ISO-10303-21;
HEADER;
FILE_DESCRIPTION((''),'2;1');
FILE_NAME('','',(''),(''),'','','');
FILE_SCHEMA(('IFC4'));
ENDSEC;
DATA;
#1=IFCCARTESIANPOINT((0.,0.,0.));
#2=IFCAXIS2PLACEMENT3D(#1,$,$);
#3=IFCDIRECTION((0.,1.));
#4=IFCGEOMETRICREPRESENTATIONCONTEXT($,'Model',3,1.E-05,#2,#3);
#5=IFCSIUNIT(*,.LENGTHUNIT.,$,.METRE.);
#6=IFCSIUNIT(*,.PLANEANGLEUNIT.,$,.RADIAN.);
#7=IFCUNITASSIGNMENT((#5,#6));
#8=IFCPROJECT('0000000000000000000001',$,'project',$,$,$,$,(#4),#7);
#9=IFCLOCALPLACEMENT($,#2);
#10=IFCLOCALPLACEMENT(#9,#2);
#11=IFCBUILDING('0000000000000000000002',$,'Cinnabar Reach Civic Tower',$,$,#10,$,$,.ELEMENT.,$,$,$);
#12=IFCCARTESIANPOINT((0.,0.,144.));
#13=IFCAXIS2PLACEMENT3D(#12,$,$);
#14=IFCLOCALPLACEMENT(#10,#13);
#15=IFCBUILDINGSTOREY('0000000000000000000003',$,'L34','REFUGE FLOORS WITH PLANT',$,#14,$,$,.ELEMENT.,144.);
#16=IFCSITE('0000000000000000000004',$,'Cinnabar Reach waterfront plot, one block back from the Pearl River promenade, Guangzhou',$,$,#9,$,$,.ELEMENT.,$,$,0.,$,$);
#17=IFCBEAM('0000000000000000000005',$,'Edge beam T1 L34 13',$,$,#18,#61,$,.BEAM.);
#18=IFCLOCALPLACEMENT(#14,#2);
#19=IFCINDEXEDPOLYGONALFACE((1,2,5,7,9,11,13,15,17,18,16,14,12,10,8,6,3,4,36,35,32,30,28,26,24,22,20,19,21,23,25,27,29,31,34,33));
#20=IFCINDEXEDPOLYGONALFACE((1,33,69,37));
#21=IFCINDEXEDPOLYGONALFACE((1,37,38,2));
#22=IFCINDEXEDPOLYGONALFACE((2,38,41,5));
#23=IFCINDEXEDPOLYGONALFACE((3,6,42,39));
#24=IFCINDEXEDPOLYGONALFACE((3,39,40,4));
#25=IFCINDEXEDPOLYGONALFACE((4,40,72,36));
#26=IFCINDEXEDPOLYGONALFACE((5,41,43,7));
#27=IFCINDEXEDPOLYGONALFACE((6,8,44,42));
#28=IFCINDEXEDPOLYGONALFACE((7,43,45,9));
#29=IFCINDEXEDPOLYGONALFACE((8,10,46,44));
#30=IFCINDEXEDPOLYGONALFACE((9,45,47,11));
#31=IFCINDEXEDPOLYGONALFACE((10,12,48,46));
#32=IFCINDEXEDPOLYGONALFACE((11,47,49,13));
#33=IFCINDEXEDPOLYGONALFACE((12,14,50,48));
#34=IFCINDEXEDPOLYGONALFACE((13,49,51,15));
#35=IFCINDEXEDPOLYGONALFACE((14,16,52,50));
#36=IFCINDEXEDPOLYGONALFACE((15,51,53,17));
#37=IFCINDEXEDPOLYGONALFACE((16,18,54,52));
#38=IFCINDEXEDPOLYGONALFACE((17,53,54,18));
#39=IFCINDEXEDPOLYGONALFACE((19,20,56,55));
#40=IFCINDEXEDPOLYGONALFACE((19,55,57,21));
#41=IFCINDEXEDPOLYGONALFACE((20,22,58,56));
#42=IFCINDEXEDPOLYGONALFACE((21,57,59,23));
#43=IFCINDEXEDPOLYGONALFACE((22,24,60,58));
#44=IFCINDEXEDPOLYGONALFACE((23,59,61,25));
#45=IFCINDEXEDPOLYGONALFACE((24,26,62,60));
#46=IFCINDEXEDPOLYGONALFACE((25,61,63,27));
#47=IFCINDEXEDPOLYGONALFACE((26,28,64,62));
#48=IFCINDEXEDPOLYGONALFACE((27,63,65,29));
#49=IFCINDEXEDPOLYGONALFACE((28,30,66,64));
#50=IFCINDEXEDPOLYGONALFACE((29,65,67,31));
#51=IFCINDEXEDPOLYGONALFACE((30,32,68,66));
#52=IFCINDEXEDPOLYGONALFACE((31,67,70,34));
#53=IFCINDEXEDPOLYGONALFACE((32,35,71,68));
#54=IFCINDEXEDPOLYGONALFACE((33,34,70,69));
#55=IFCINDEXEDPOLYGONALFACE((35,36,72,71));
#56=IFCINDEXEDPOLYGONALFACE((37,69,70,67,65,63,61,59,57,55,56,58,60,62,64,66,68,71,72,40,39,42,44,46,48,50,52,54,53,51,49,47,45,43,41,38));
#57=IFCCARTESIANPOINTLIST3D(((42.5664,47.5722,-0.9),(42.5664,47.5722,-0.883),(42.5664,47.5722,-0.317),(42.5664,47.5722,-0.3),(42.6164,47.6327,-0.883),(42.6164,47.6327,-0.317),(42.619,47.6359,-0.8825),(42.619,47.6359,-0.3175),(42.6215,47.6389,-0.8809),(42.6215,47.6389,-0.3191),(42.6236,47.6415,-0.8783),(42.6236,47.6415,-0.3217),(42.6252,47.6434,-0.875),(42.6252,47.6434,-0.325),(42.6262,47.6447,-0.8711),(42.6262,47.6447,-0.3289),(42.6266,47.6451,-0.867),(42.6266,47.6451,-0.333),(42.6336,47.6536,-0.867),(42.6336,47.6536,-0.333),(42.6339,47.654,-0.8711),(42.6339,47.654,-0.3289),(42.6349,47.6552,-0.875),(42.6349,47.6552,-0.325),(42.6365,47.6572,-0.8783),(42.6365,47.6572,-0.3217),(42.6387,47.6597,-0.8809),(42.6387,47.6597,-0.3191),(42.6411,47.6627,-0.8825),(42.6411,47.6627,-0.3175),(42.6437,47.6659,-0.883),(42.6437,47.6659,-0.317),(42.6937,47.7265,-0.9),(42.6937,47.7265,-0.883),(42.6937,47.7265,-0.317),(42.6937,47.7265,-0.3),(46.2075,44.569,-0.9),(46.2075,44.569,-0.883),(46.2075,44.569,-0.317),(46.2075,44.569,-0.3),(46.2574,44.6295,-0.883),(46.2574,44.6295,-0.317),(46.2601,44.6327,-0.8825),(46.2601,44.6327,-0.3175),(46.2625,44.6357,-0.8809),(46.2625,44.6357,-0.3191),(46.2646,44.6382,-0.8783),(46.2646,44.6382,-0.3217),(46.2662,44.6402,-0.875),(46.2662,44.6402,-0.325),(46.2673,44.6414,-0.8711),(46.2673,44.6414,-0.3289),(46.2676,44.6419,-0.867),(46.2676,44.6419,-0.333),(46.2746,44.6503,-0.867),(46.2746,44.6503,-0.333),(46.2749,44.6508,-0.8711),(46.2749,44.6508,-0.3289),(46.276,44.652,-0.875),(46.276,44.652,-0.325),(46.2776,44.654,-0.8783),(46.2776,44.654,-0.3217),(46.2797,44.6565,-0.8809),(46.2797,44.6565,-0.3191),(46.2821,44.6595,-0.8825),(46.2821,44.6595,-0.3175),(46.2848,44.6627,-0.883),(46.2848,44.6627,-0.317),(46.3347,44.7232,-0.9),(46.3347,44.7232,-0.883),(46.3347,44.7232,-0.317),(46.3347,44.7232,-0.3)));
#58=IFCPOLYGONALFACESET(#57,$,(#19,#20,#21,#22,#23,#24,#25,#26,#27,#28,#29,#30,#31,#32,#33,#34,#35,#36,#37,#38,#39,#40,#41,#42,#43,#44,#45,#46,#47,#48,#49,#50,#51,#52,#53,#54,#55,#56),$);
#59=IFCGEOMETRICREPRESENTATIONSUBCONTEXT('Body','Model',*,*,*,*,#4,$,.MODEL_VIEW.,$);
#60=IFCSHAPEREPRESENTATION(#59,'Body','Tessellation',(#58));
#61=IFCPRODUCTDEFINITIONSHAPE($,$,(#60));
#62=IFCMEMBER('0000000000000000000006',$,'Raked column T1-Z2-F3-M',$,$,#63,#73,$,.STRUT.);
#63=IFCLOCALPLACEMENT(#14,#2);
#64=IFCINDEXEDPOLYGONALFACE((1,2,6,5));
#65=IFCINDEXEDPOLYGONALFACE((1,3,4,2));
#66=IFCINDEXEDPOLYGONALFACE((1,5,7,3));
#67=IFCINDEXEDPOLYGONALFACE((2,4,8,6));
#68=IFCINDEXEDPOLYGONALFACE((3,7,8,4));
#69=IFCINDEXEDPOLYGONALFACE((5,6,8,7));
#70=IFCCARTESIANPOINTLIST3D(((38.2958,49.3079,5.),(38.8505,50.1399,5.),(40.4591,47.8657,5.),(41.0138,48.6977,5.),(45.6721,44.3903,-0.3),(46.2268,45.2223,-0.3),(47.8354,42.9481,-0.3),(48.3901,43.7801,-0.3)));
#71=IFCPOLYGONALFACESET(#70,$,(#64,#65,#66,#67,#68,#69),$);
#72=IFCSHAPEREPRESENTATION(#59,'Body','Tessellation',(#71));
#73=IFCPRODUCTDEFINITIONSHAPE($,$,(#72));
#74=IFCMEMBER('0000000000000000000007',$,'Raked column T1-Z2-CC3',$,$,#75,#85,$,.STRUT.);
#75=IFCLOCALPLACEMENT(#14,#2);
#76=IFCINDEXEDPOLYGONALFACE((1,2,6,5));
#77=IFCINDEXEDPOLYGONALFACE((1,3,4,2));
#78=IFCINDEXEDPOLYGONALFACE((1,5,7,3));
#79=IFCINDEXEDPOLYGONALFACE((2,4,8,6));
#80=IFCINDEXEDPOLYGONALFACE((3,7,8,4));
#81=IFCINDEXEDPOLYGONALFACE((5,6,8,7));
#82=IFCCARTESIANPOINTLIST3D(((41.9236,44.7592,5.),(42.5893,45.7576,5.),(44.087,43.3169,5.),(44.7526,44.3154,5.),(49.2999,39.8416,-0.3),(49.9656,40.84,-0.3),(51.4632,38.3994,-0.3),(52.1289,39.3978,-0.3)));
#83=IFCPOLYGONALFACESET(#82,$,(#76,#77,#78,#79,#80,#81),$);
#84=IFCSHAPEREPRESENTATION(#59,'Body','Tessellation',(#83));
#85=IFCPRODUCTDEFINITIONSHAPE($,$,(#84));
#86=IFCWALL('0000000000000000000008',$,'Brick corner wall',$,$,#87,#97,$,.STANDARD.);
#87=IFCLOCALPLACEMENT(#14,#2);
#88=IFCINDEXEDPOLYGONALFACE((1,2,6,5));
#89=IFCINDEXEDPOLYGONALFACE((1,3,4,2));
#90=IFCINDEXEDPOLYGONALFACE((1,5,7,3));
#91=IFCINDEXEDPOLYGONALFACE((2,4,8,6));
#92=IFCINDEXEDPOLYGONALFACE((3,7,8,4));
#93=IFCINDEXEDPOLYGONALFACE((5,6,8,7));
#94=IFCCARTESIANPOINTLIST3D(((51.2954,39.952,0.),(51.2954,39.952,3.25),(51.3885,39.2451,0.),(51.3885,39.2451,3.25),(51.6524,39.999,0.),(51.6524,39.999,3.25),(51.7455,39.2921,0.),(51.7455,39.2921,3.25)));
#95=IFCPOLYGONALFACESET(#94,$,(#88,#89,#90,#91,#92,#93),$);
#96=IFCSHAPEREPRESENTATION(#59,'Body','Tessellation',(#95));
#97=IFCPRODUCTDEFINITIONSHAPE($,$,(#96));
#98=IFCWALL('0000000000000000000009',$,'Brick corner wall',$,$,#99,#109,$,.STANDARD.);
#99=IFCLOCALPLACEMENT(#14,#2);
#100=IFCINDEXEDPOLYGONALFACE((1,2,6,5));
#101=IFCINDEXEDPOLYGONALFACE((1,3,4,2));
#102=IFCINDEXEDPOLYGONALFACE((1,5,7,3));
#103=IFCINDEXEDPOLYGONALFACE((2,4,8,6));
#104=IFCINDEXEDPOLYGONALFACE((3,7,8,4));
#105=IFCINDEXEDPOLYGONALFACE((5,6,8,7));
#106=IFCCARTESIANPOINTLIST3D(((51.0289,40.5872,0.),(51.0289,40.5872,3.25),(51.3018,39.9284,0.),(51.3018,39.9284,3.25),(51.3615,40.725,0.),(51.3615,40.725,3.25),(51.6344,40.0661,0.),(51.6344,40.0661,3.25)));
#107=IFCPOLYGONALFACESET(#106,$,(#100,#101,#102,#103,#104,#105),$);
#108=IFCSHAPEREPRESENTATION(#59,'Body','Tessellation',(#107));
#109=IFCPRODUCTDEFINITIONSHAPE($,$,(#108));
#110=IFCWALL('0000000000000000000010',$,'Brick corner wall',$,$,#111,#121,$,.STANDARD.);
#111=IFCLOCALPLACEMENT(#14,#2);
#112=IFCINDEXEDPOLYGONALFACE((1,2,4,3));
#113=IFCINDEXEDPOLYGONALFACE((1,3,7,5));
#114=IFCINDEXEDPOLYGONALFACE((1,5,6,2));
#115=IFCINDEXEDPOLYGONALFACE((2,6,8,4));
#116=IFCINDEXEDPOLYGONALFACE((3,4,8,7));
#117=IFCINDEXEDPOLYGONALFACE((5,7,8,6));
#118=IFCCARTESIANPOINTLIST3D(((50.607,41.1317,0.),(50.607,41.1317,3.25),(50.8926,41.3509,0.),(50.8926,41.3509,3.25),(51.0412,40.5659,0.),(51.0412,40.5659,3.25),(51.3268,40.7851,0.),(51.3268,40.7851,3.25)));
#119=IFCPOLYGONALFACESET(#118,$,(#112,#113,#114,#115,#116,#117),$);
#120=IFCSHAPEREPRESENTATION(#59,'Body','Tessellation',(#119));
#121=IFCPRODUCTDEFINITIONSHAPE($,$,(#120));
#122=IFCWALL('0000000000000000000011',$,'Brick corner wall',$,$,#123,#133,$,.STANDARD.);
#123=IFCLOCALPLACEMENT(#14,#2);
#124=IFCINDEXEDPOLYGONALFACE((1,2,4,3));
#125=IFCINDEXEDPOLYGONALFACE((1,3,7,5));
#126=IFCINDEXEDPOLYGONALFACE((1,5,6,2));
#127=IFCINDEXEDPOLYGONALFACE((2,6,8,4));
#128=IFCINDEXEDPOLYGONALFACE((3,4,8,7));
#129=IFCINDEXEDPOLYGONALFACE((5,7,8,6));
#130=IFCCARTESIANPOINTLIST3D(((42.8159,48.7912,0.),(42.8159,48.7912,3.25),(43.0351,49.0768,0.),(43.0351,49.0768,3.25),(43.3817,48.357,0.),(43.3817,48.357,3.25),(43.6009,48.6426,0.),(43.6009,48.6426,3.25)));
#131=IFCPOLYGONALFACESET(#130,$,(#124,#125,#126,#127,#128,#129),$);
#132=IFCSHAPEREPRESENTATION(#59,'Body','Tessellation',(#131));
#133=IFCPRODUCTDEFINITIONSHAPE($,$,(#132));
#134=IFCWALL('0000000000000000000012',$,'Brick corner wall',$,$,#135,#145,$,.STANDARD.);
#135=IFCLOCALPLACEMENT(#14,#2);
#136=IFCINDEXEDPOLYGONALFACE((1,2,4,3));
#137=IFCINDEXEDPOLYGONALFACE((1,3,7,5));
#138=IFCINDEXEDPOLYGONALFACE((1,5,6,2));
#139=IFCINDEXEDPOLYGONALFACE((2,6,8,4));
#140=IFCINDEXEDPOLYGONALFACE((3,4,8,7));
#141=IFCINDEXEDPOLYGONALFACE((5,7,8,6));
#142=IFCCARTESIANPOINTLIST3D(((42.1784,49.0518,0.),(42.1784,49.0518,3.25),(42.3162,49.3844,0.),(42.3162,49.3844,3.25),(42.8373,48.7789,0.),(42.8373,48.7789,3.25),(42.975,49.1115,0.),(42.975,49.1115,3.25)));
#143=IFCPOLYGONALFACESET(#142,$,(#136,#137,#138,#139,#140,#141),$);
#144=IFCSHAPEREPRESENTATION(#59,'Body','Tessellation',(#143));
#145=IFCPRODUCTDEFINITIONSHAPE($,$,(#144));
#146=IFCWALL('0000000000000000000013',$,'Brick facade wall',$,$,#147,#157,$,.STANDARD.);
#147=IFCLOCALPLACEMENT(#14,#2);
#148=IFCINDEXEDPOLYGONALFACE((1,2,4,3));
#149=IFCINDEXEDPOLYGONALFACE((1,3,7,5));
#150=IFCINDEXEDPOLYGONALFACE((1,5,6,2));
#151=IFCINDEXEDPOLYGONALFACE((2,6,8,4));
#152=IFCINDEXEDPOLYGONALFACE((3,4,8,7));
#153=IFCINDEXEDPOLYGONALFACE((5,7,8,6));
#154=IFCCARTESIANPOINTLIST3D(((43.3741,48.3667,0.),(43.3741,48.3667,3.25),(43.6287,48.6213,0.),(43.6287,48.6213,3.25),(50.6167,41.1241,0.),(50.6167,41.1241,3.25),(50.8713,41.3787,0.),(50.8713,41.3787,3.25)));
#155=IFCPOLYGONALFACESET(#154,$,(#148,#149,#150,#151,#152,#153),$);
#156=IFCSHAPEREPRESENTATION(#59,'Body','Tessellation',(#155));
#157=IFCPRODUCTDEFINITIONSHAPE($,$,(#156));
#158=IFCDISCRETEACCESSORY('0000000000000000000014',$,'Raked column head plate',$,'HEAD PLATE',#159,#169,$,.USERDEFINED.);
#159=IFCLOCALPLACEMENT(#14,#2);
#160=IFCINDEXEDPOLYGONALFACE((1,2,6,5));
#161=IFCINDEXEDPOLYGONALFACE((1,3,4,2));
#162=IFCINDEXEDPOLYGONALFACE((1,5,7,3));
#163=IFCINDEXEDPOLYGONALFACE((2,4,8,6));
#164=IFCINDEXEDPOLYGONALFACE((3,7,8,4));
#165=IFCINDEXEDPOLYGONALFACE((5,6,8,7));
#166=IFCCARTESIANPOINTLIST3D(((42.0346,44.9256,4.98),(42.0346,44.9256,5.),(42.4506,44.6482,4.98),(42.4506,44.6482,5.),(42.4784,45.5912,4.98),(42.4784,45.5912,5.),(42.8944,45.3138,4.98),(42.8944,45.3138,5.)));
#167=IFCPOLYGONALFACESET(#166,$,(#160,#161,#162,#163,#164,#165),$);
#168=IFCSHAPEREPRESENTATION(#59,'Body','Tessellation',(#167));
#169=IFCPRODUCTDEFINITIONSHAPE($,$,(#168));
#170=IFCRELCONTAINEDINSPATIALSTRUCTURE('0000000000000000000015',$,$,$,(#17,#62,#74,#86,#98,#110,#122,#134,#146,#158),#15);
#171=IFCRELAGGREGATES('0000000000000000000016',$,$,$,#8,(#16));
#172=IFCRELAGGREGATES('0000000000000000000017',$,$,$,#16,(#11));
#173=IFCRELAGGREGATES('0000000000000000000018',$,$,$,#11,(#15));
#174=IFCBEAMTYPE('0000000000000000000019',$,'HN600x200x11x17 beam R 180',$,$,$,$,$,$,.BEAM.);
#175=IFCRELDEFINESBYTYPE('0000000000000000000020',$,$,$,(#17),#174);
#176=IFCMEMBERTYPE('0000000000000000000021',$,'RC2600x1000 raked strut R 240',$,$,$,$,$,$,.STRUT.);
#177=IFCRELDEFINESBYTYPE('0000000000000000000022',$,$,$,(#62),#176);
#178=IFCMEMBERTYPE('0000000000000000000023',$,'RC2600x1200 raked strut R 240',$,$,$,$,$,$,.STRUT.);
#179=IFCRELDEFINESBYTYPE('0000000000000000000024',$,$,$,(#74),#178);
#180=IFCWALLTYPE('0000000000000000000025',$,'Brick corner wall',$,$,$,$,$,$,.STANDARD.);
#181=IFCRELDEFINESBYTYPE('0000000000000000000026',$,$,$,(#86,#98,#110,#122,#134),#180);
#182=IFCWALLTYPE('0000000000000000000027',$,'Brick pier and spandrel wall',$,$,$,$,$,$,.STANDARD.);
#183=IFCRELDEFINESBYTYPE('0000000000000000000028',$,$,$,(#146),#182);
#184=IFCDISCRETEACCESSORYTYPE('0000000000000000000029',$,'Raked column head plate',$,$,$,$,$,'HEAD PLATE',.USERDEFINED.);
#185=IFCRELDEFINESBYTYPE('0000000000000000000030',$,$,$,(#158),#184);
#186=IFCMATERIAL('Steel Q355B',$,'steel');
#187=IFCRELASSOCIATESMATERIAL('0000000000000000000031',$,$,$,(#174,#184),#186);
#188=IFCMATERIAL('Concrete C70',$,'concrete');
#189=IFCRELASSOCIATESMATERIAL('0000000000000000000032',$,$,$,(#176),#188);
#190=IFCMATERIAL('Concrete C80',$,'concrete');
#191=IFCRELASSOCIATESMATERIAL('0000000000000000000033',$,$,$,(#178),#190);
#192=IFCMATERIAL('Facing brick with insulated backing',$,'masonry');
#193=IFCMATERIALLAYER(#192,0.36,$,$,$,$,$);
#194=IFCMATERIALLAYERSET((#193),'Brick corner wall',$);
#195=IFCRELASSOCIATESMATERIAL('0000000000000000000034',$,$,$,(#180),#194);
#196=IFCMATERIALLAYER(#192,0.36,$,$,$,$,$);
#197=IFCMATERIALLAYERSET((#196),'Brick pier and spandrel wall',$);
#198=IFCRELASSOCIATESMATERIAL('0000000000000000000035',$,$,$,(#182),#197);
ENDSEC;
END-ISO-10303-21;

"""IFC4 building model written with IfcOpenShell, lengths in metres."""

from ifc_helpers import new_model, si_unit, direction, frame, frame_2d, origin, origin_2d, place, context, subcontext, project, spatial, rectangle, i_section, extrude, material, layer, layer_set, material_profile, profile_set, type_object, element, save


model = new_model("IFC4")

# Units and contexts
model_context = context("Model", 3, precision=1e-05, world=origin(), true_north=direction((0.0, 1.0)))
body_context = subcontext(model_context, "Body", "Model", "MODEL_VIEW")
ifc_project = project(units=[si_unit("LENGTHUNIT", "METRE"), si_unit("PLANEANGLEUNIT", "RADIAN")], contexts=[model_context])

# Site, building, storey
site_placement = place(None, origin())
site = spatial("IfcSite", under=ifc_project, at=site_placement, Name="Cinnabar Reach waterfront plot, one block back from the Pearl River promenade, Guangzhou", CompositionType="ELEMENT", RefElevation=0.0)
building_placement = place(site_placement, origin())
building = spatial("IfcBuilding", under=site, at=building_placement, Name="Cinnabar Reach Civic Tower", CompositionType="ELEMENT")
storey_placement = place(building_placement, frame((0.0, 0.0, 144.0)))
storey = spatial("IfcBuildingStorey", under=building, at=storey_placement, Name="L34", Description="REFUGE FLOORS WITH PLANT", CompositionType="ELEMENT", Elevation=144.0)

# Shared definitions
ifc_material_1 = material(Name="Concrete C70", Category="concrete")
ifc_material_2 = material(Name="Concrete C80", Category="concrete")

# Beam
ifc_material_3 = material(Name="Steel Q355B", Category="steel")
ifc_material_profile_1 = material_profile(ifc_material_3, i_section(OverallWidth=0.2, OverallDepth=0.6, WebThickness=0.011, FlangeThickness=0.017, FilletRadius=0.016, at=origin_2d()), Name="HN600x200x11x17")
ifc_profile_set_1 = profile_set([ifc_material_profile_1], Name="Steel Q355B")
beam_type_1 = type_object("IfcBeamType", Name="HN600x200x11x17 beam R 180", PredefinedType="BEAM", material=ifc_profile_set_1)
for number, where, z_axis, x_axis, name in (
    (1, (46.2711, 44.6461, -0.6), (-0.771438, 0.636304, 0.0), (-0.636304, -0.771438, 0.0), "Edge beam T1 L34 13"),
):
    element("IfcBeam", number, at=place(storey_placement, frame(where, z_axis=z_axis, x_axis=x_axis)), inside=storey, type_object=beam_type_1, Name=name, PredefinedType="BEAM", context=body_context, shape_type="SweptSolid", body=[
        extrude(i_section(OverallWidth=0.2, OverallDepth=0.6, WebThickness=0.011, FlangeThickness=0.017, FilletRadius=0.016, at=origin_2d()), origin(), (0.0, 0.0, 1.0), 4.7198),
    ])

# Members
ifc_material_profile_2 = material_profile(ifc_material_1, rectangle(XDim=2.6, YDim=1.0, at=origin_2d()), Name="RC2600x1000")
ifc_profile_set_2 = profile_set([ifc_material_profile_2], Name="Concrete C70")
member_type_1 = type_object("IfcMemberType", Name="RC2600x1000 raked strut R 240", PredefinedType="STRUT", material=ifc_profile_set_2)
member_1_placement = place(storey_placement, frame((47.0311, 44.0852, -0.3), z_axis=(0.0, 0.0, 1.0), x_axis=(-0.832051, 0.554699, 0.0)))
element("IfcMember", 2, at=member_1_placement, inside=storey, type_object=member_type_1, Name="Raked column T1-Z2-F3-M", PredefinedType="STRUT", context=body_context, shape_type="SweptSolid", body=[
    extrude(rectangle(XDim=2.6, YDim=1.0, at=origin_2d()), origin(), (0.85831, -0.000006, 0.513132), 10.3287),
])
ifc_material_profile_3 = material_profile(ifc_material_2, rectangle(XDim=2.6, YDim=1.2, at=origin_2d()), Name="RC2600x1200")
ifc_profile_set_3 = profile_set([ifc_material_profile_3], Name="Concrete C80")
member_type_2 = type_object("IfcMemberType", Name="RC2600x1200 raked strut R 240", PredefinedType="STRUT", material=ifc_profile_set_3)
member_2_placement = place(storey_placement, frame((50.7144, 39.6197, -0.3), z_axis=(0.0, 0.0, 1.0), x_axis=(-0.832051, 0.554699, 0.0)))
element("IfcMember", 3, at=member_2_placement, inside=storey, type_object=member_type_2, Name="Raked column T1-Z2-CC3", PredefinedType="STRUT", context=body_context, shape_type="SweptSolid", body=[
    extrude(rectangle(XDim=2.6, YDim=1.2, at=origin_2d()), origin(), (0.85831, -0.000006, 0.513132), 10.3287),
])

# Walls
ifc_material_4 = material(Name="Facing brick with insulated backing", Category="masonry")
ifc_layer_1 = layer(ifc_material_4, 0.36)
ifc_layer_set_1 = layer_set([ifc_layer_1], Name="Brick corner wall")
wall_type_1 = type_object("IfcWallType", Name="Brick corner wall", PredefinedType="STANDARD", material=ifc_layer_set_1)
for number, where, z_axis, x_axis, name in (
    (4, (51.567, 39.2686, 0.0), (0.0, 0.0, 1.0), (-0.130556, 0.991441, 0.0), "Brick corner wall"),
    (5, (51.4681, 39.9973, 0.0), (0.0, 0.0, 1.0), (-0.382703, 0.923872, 0.0), "Brick corner wall"),
):
    element("IfcWall", number, at=place(storey_placement, frame(where, z_axis=z_axis, x_axis=x_axis)), inside=storey, type_object=wall_type_1, Name=name, PredefinedType="STANDARD", context=body_context, shape_type="SweptSolid", body=[
        extrude(rectangle(XDim=0.7131, YDim=0.36, at=frame_2d((0.3565, 0.0))), origin(), (0.0, 0.0, 1.0), 3.25),
    ])
for number, where, z_axis, x_axis, name in (
    (6, (51.184, 40.6755, 0.0), (0.0, 0.0, 1.0), (-0.608802, 0.793322, 0.0), "Brick corner wall"),
    (7, (43.4913, 48.4998, 0.0), (0.0, 0.0, 1.0), (-0.793322, 0.608802, 0.0), "Brick corner wall"),
):
    element("IfcWall", number, at=place(storey_placement, frame(where, z_axis=z_axis, x_axis=x_axis)), inside=storey, type_object=wall_type_1, Name=name, PredefinedType="STANDARD", context=body_context, shape_type="SweptSolid", body=[
        extrude(rectangle(XDim=0.7132, YDim=0.36, at=frame_2d((0.3566, 0.0))), origin(), (0.0, 0.0, 1.0), 3.25),
    ])
wall_1_placement = place(storey_placement, frame((42.9061, 48.9452, 0.0), z_axis=(0.0, 0.0, 1.0), x_axis=(-0.923872, 0.382703, 0.0)))
element("IfcWall", 8, at=wall_1_placement, inside=storey, type_object=wall_type_1, Name="Brick corner wall", PredefinedType="STANDARD", context=body_context, shape_type="SweptSolid", body=[
    extrude(rectangle(XDim=0.7131, YDim=0.36, at=frame_2d((0.3565, 0.0))), origin(), (0.0, 0.0, 1.0), 3.25),
])
ifc_layer_2 = layer(ifc_material_4, 0.36)
ifc_layer_set_2 = layer_set([ifc_layer_2], Name="Brick pier and spandrel wall")
wall_type_2 = type_object("IfcWallType", Name="Brick pier and spandrel wall", PredefinedType="STANDARD", material=ifc_layer_set_2)
wall_2_placement = place(storey_placement, frame((50.744, 41.2514, 0.0), z_axis=(0.0, 0.0, 1.0), x_axis=(-0.707107, 0.707107, 0.0)))
element("IfcWall", 9, at=wall_2_placement, inside=storey, type_object=wall_type_2, Name="Brick facade wall", PredefinedType="STANDARD", context=body_context, shape_type="SweptSolid", body=[
    extrude(rectangle(XDim=10.2426, YDim=0.36, at=frame_2d((5.1213, 0.0))), origin(), (0.0, 0.0, 1.0), 3.25),
])

# Discrete accessory
discrete_accessory_type = type_object("IfcDiscreteAccessoryType", Name="Raked column head plate", ElementType="HEAD PLATE", PredefinedType="USERDEFINED", material=ifc_material_3)
discrete_accessory_placement = place(storey_placement, frame((42.4645, 45.1197, 4.98), z_axis=(0.0, 0.0, 1.0), x_axis=(-0.832051, 0.554699, 0.0)))
element("IfcDiscreteAccessory", 10, at=discrete_accessory_placement, inside=storey, type_object=discrete_accessory_type, Name="Raked column head plate", ObjectType="HEAD PLATE", PredefinedType="USERDEFINED", context=body_context, shape_type="SweptSolid", body=[
    extrude(rectangle(XDim=0.5, YDim=0.8, at=origin_2d()), origin(), (0.0, 0.0, 1.0), 0.02),
])

save(model, "model.ifc")
